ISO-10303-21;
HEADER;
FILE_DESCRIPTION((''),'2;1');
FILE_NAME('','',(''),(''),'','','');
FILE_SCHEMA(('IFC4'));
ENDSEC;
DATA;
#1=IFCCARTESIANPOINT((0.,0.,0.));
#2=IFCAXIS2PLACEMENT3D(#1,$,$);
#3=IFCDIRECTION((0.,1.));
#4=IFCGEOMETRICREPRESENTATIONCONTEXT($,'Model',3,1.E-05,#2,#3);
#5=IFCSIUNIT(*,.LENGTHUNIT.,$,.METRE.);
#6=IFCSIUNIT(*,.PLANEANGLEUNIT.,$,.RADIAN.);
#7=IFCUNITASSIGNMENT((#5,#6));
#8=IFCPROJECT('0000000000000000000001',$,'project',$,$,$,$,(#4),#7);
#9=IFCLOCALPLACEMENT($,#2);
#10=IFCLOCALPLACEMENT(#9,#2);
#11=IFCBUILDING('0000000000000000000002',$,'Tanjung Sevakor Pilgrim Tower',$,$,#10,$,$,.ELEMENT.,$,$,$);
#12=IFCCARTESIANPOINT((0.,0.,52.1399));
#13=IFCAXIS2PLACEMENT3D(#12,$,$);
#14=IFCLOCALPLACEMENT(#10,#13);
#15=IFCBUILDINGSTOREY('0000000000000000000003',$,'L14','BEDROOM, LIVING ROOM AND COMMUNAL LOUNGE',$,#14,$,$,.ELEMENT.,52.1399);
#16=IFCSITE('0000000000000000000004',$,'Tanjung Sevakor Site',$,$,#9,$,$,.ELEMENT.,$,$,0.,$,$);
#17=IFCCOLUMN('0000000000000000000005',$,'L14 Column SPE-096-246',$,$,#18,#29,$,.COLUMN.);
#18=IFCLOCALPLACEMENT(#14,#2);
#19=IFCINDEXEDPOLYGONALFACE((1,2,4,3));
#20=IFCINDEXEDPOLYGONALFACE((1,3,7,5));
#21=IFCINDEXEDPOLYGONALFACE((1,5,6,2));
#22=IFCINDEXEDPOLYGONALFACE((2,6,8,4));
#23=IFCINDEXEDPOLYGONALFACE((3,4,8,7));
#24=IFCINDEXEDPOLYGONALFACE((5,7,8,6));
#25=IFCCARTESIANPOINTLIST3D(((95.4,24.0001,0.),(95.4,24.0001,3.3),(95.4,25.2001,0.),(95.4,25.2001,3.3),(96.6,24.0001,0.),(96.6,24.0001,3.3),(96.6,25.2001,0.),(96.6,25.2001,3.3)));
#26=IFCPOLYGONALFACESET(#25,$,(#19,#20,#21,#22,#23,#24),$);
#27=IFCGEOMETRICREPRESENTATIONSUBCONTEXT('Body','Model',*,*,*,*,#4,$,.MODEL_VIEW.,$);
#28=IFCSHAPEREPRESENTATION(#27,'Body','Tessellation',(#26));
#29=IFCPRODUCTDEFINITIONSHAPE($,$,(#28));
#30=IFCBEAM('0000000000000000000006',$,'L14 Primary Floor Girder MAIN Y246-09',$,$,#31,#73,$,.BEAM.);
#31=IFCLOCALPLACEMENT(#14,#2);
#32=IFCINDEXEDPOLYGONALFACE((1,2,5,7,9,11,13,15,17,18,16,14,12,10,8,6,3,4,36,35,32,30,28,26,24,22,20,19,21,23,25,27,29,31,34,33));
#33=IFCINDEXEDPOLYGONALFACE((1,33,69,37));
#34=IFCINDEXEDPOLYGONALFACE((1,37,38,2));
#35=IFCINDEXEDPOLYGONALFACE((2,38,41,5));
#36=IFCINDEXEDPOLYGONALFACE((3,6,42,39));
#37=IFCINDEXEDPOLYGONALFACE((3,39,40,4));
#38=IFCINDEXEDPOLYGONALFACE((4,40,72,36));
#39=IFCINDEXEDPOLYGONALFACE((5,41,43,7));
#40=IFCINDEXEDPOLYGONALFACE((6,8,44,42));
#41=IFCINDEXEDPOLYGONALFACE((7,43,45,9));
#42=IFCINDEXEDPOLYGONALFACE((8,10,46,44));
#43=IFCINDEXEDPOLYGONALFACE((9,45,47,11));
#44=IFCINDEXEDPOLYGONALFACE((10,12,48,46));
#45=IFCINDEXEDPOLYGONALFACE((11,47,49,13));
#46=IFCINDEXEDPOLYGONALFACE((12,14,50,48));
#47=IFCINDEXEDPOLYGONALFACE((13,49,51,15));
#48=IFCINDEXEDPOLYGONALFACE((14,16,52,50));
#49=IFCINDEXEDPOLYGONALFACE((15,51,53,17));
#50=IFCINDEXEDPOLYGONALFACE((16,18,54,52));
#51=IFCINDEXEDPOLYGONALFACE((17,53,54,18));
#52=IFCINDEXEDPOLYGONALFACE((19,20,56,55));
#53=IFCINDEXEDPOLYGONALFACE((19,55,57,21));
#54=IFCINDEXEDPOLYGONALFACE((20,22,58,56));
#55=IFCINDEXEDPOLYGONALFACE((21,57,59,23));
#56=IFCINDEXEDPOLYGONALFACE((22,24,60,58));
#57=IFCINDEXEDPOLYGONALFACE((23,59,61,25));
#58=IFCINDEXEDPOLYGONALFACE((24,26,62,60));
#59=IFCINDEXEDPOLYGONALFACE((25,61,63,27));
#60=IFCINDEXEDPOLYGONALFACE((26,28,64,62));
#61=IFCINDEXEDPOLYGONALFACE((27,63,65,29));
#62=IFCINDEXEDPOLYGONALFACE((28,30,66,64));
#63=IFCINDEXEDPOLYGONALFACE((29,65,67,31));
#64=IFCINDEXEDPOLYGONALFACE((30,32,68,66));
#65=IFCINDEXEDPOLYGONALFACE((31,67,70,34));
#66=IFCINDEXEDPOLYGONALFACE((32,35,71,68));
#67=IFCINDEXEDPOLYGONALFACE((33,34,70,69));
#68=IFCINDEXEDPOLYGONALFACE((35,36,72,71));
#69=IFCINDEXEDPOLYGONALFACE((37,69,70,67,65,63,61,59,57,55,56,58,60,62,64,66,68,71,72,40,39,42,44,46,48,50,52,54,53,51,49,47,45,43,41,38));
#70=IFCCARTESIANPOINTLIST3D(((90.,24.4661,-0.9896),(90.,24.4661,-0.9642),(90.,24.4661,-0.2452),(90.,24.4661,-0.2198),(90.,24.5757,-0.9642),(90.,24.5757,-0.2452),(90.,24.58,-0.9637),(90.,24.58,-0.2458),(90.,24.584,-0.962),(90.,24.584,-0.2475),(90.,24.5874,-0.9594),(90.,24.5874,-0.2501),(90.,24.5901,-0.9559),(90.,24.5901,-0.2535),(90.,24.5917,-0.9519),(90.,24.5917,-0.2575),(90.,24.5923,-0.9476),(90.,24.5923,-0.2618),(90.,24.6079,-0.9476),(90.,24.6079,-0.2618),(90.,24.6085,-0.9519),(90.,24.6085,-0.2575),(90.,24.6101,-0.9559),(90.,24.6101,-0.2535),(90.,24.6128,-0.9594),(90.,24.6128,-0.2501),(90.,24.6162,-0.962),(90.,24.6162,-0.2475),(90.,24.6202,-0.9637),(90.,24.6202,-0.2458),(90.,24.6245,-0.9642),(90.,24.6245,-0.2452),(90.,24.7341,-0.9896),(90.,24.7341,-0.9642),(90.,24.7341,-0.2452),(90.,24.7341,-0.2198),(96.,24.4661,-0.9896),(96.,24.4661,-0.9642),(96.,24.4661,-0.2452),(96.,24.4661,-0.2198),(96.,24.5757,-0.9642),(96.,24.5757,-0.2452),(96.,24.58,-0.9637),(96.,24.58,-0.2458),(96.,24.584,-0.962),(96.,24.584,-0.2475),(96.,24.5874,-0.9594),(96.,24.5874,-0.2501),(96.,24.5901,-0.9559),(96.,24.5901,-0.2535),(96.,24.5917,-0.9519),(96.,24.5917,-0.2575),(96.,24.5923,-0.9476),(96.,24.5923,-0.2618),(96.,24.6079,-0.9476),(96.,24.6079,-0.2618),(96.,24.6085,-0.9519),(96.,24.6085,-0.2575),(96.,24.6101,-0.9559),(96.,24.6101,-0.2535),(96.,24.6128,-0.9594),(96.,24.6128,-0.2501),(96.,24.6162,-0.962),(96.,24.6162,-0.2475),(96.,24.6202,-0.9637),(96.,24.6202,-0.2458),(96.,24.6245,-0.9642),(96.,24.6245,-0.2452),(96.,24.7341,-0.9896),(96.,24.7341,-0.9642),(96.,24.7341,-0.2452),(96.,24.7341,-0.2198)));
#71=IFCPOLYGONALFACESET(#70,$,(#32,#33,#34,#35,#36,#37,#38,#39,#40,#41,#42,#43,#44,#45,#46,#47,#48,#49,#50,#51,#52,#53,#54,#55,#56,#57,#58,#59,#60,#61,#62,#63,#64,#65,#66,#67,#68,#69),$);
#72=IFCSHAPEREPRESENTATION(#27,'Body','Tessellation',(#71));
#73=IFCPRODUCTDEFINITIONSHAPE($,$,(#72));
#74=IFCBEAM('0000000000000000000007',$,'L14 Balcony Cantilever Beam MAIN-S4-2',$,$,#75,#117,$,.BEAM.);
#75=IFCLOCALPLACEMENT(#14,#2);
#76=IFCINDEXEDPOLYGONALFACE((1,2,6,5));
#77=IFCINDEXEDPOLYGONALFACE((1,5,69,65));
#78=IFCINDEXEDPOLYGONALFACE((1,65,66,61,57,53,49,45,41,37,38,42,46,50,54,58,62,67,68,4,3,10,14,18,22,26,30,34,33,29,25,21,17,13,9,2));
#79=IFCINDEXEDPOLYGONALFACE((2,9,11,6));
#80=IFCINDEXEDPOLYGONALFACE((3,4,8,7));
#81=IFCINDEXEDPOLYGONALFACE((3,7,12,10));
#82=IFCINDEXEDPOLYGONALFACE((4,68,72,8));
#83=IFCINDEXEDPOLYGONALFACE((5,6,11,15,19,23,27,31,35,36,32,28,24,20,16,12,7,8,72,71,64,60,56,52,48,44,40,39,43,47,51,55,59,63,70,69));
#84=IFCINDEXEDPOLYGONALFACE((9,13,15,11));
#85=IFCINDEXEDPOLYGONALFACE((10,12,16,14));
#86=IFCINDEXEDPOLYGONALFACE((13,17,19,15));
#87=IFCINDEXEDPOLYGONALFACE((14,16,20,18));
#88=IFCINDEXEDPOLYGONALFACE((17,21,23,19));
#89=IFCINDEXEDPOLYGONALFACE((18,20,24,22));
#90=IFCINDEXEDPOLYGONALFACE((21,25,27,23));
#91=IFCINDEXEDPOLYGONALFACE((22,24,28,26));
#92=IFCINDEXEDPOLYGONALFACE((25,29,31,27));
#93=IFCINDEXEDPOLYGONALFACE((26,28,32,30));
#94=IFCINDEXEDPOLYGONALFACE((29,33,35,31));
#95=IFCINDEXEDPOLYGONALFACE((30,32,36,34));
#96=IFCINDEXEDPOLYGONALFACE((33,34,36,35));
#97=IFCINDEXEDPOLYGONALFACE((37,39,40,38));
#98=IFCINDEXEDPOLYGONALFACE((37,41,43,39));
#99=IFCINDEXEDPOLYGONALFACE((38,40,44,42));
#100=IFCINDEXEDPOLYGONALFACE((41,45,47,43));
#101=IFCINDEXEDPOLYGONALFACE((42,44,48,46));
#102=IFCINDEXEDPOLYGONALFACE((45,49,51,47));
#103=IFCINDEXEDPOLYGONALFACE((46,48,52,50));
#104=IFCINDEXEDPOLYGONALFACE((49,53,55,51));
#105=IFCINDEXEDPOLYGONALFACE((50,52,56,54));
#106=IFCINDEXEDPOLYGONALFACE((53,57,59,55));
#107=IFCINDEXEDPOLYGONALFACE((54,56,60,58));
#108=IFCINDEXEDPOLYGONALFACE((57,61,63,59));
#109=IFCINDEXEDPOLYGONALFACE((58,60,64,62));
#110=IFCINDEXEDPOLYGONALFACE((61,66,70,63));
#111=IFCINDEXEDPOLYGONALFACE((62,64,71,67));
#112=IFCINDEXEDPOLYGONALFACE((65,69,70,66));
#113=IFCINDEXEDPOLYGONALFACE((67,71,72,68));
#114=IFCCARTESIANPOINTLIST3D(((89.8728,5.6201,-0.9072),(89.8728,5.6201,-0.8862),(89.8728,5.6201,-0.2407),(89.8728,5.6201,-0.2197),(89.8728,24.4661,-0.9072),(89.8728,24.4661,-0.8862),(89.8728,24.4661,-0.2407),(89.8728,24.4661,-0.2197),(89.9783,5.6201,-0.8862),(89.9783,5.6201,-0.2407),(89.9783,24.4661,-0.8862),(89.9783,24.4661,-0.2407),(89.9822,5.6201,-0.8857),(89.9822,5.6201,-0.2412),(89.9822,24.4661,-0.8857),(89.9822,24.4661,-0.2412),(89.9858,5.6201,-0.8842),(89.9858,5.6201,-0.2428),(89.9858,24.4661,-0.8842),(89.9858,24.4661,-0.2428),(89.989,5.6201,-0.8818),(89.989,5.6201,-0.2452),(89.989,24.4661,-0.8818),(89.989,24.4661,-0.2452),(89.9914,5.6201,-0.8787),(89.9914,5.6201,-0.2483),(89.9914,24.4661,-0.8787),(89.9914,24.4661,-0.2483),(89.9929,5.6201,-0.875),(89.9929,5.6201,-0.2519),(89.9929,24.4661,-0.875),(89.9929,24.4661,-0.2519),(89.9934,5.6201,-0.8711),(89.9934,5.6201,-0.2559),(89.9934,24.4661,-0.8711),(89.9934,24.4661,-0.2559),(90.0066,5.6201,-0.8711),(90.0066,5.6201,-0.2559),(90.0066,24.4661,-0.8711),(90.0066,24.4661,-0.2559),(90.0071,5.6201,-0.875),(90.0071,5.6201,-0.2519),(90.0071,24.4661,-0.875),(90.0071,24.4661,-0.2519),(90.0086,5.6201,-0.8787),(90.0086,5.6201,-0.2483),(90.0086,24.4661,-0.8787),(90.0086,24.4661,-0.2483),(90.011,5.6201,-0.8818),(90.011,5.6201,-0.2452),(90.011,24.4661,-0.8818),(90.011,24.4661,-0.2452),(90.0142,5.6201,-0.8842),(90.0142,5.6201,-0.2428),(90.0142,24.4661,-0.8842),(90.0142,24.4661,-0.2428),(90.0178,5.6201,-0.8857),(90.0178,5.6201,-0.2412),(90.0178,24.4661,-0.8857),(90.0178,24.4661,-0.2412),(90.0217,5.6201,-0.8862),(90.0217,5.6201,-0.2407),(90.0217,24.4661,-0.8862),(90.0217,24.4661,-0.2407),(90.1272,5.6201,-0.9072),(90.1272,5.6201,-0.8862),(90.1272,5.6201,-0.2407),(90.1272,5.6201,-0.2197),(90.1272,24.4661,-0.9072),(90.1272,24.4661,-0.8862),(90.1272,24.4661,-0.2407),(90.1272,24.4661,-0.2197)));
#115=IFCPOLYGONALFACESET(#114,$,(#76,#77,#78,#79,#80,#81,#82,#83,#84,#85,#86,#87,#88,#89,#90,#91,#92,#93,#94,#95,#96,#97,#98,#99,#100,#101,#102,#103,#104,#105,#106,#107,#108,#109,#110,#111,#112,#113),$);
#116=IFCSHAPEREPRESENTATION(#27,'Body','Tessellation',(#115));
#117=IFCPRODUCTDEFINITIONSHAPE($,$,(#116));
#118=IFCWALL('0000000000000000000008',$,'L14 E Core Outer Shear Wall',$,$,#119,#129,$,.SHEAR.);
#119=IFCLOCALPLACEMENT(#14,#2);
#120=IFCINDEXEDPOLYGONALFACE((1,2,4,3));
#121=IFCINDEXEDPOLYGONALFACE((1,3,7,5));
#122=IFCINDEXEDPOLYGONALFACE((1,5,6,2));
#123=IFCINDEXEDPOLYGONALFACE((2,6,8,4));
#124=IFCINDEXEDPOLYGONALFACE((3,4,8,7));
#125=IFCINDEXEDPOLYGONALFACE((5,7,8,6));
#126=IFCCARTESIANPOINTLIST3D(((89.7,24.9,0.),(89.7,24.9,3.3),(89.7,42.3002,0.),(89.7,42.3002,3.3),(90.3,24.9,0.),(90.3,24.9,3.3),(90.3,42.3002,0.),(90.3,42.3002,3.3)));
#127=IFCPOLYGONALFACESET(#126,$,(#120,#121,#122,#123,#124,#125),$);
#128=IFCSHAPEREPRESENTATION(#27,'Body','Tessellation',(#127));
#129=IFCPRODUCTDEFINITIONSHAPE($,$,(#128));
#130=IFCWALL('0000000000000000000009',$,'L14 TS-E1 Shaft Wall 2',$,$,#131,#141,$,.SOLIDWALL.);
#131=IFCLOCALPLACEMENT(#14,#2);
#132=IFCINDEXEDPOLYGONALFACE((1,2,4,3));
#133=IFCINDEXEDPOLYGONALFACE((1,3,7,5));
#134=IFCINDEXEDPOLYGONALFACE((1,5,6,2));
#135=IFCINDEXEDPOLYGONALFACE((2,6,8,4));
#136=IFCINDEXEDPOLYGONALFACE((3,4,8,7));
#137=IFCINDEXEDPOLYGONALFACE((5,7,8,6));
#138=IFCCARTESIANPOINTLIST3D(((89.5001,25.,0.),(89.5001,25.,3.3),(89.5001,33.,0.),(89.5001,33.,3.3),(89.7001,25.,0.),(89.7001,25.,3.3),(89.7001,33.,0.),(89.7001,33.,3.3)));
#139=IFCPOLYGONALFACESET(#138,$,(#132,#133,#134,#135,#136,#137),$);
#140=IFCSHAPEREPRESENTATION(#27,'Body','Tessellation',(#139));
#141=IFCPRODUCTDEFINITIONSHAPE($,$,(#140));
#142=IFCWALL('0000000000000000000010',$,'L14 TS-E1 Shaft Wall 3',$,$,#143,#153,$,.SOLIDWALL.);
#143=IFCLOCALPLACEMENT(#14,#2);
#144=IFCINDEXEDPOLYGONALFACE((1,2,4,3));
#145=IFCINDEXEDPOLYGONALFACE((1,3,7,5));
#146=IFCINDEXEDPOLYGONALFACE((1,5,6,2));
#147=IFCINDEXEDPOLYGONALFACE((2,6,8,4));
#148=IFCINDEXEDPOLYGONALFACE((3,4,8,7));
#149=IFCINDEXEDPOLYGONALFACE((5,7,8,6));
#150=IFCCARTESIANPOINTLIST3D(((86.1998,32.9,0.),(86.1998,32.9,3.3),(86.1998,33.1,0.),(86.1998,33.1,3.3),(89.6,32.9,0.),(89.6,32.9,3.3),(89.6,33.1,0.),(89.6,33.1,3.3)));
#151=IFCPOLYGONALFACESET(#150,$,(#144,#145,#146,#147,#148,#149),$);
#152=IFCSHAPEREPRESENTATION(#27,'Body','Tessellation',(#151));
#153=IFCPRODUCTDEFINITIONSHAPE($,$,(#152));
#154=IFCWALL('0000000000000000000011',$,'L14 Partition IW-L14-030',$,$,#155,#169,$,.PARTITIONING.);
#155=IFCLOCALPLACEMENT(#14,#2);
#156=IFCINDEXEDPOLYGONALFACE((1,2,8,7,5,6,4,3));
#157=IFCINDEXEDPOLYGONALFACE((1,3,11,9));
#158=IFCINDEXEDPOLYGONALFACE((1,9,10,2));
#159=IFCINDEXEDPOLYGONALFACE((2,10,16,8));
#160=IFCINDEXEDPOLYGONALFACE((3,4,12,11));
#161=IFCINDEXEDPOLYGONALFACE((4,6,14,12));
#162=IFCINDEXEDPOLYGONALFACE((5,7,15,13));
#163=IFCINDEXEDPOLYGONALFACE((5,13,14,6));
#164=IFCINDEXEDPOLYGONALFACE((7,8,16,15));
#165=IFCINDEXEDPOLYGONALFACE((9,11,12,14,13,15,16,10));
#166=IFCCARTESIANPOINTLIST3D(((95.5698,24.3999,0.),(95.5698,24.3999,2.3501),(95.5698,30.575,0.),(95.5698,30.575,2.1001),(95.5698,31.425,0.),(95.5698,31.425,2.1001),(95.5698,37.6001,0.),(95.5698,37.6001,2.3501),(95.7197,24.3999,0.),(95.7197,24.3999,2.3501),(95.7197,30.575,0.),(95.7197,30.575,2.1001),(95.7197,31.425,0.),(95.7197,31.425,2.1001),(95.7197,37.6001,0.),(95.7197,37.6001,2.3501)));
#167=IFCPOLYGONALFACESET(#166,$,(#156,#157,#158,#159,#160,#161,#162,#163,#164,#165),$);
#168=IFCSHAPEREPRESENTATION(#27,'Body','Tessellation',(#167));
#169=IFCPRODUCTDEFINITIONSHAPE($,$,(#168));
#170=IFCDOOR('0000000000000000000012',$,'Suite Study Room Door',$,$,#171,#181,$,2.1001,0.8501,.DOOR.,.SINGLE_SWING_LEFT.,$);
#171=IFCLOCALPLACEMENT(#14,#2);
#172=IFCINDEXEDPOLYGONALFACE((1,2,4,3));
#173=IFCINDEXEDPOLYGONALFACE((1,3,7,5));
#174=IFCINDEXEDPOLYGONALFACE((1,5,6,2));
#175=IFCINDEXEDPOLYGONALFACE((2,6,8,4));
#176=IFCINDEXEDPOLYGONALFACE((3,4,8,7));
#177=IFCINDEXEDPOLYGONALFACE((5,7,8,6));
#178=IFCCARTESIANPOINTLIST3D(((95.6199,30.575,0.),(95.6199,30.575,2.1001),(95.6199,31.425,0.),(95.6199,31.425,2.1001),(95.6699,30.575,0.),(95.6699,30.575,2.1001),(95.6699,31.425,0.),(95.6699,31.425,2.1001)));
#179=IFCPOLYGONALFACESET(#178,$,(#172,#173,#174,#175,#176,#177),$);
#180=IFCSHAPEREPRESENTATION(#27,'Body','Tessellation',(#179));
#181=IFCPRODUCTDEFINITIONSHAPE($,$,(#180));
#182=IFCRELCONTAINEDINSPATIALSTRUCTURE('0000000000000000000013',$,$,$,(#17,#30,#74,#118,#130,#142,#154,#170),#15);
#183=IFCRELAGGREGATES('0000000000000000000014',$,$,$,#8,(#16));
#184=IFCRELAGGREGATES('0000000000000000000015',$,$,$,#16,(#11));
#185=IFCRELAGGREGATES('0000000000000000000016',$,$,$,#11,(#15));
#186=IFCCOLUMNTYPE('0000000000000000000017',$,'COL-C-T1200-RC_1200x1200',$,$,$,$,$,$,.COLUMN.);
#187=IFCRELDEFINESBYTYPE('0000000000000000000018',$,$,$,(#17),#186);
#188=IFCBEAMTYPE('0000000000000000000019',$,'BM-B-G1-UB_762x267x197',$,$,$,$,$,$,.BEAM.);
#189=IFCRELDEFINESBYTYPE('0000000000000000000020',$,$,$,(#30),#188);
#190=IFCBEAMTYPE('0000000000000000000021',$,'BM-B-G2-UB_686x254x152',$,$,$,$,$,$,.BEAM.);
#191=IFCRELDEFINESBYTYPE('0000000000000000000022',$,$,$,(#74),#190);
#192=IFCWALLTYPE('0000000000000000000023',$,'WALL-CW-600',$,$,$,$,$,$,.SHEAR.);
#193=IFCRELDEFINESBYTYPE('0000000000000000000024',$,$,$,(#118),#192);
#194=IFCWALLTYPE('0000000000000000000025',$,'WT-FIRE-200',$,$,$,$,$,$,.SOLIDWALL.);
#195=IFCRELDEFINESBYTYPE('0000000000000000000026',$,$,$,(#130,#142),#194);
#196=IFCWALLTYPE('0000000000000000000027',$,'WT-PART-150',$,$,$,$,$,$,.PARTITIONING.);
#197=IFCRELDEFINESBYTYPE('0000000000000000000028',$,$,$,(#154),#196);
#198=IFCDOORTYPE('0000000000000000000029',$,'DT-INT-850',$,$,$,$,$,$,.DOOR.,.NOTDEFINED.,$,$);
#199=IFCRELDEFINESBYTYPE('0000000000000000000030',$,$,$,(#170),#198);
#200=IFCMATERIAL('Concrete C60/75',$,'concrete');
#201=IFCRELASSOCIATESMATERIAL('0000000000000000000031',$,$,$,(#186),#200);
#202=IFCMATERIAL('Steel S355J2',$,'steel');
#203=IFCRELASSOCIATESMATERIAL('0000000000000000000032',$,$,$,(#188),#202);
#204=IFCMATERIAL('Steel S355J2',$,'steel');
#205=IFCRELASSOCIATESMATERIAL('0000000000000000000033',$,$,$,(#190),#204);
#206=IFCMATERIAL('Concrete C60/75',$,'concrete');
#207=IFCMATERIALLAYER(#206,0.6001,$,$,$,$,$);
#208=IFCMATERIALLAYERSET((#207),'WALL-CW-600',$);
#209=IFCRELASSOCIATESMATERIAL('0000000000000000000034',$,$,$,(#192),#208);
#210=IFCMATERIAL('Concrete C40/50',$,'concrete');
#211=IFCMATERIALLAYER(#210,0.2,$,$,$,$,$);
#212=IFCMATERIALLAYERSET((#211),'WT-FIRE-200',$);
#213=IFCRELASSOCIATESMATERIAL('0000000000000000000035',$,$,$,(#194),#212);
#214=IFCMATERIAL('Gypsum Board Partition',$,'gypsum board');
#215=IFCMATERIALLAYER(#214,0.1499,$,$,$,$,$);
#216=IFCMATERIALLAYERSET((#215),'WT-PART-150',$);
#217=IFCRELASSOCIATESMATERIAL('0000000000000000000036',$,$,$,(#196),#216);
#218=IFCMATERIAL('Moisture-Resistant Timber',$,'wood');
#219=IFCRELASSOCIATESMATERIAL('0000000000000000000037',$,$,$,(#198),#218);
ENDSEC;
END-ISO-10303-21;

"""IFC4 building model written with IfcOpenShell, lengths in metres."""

from ifc_helpers import new_model, si_unit, direction, frame, frame_2d, origin, origin_2d, place, context, subcontext, project, spatial, rectangle, i_section, extrude, material, layer, layer_set, material_profile, profile_set, type_object, element, fill, save


model = new_model("IFC4")

# Units and contexts
model_context = context("Model", 3, precision=1e-05, world=origin(), true_north=direction((0.0, 1.0)))
body_context = subcontext(model_context, "Body", "Model", "MODEL_VIEW")
ifc_project = project(units=[si_unit("LENGTHUNIT", "METRE"), si_unit("PLANEANGLEUNIT", "RADIAN")], contexts=[model_context])

# Site, building, storey
site_placement = place(None, origin())
site = spatial("IfcSite", under=ifc_project, at=site_placement, Name="Tanjung Sevakor Site", CompositionType="ELEMENT", RefElevation=0.0)
building_placement = place(site_placement, origin())
building = spatial("IfcBuilding", under=site, at=building_placement, Name="Tanjung Sevakor Pilgrim Tower", CompositionType="ELEMENT")
storey_placement = place(building_placement, frame((0.0, 0.0, 52.1399)))
storey = spatial("IfcBuildingStorey", under=building, at=storey_placement, Name="L14", Description="BEDROOM, LIVING ROOM AND COMMUNAL LOUNGE", CompositionType="ELEMENT", Elevation=52.1399)

# Column
ifc_material_1 = material(Name="Concrete C60/75", Category="concrete")
ifc_material_profile_1 = material_profile(ifc_material_1, rectangle(XDim=1.2, YDim=1.2, at=origin_2d()))
ifc_profile_set_1 = profile_set([ifc_material_profile_1], Name="Concrete C60/75")
column_type = type_object("IfcColumnType", Name="COL-C-T1200-RC_1200x1200", PredefinedType="COLUMN", material=ifc_profile_set_1)
column_placement = place(storey_placement, frame((96.0, 24.6001, 0.0), z_axis=(0.0, 0.0, 1.0), x_axis=(1.0, 0.0, 0.0)))
element("IfcColumn", 1, at=column_placement, inside=storey, type_object=column_type, Name="L14 Column SPE-096-246", PredefinedType="COLUMN", context=body_context, shape_type="SweptSolid", body=[
    extrude(rectangle(XDim=1.2, YDim=1.2, at=origin_2d()), origin(), (0.0, 0.0, 1.0), 3.3),
])

# Beams
ifc_material_2 = material(Name="Steel S355J2", Category="steel")
ifc_material_profile_2 = material_profile(ifc_material_2, i_section(OverallWidth=0.2681, OverallDepth=0.7698, WebThickness=0.0156, FlangeThickness=0.0254, FilletRadius=0.0166, at=origin_2d()))
ifc_profile_set_2 = profile_set([ifc_material_profile_2], Name="Steel S355J2")
beam_type_1 = type_object("IfcBeamType", Name="BM-B-G1-UB_762x267x197", PredefinedType="BEAM", material=ifc_profile_set_2)
beam_1_placement = place(storey_placement, frame((90.0, 24.6001, -0.6047), z_axis=(1.0, 0.0, 0.0), x_axis=(0.0, 1.0, 0.0)))
element("IfcBeam", 2, at=beam_1_placement, inside=storey, type_object=beam_type_1, Name="L14 Primary Floor Girder MAIN Y246-09", PredefinedType="BEAM", context=body_context, shape_type="SweptSolid", body=[
    extrude(i_section(OverallWidth=0.2681, OverallDepth=0.7698, WebThickness=0.0156, FlangeThickness=0.0254, FilletRadius=0.0166, at=origin_2d()), origin(), (0.0, 0.0, 1.0), 6.0),
])
ifc_material_3 = material(Name="Steel S355J2", Category="steel")
ifc_material_profile_3 = material_profile(ifc_material_3, i_section(OverallWidth=0.2544, OverallDepth=0.6875, WebThickness=0.0132, FlangeThickness=0.021, FilletRadius=0.0151, at=origin_2d()))
ifc_profile_set_3 = profile_set([ifc_material_profile_3], Name="Steel S355J2")
beam_type_2 = type_object("IfcBeamType", Name="BM-B-G2-UB_686x254x152", PredefinedType="BEAM", material=ifc_profile_set_3)
beam_2_placement = place(storey_placement, frame((90.0, 24.4661, -0.5635), z_axis=(0.0, -1.0, 0.0), x_axis=(1.0, 0.0, 0.0)))
element("IfcBeam", 3, at=beam_2_placement, inside=storey, type_object=beam_type_2, Name="L14 Balcony Cantilever Beam MAIN-S4-2", PredefinedType="BEAM", context=body_context, shape_type="SweptSolid", body=[
    extrude(i_section(OverallWidth=0.2544, OverallDepth=0.6875, WebThickness=0.0132, FlangeThickness=0.021, FilletRadius=0.0151, at=origin_2d()), origin(), (0.0, 0.0, 1.0), 18.8459),
])

# Walls
ifc_material_4 = material(Name="Concrete C60/75", Category="concrete")
ifc_layer_1 = layer(ifc_material_4, 0.6001)
ifc_layer_set_1 = layer_set([ifc_layer_1], Name="WALL-CW-600")
wall_type_1 = type_object("IfcWallType", Name="WALL-CW-600", PredefinedType="SHEAR", material=ifc_layer_set_1)
wall_1_placement = place(storey_placement, frame((90.0, 24.8999, 0.0), z_axis=(0.0, 0.0, 1.0), x_axis=(0.0, 1.0, 0.0)))
element("IfcWall", 4, at=wall_1_placement, inside=storey, type_object=wall_type_1, Name="L14 E Core Outer Shear Wall", PredefinedType="SHEAR", context=body_context, shape_type="SweptSolid", body=[
    extrude(rectangle(XDim=17.4001, YDim=0.6001, at=frame_2d((8.7002, 0.0))), origin(), (0.0, 0.0, 1.0), 3.3),
])
ifc_material_5 = material(Name="Concrete C40/50", Category="concrete")
ifc_layer_2 = layer(ifc_material_5, 0.2)
ifc_layer_set_2 = layer_set([ifc_layer_2], Name="WT-FIRE-200")
wall_type_2 = type_object("IfcWallType", Name="WT-FIRE-200", PredefinedType="SOLIDWALL", material=ifc_layer_set_2)
wall_2_placement = place(storey_placement, frame((89.6001, 25.0, 0.0), z_axis=(0.0, 0.0, 1.0), x_axis=(0.0, 1.0, 0.0)))
element("IfcWall", 5, at=wall_2_placement, inside=storey, type_object=wall_type_2, Name="L14 TS-E1 Shaft Wall 2", PredefinedType="SOLIDWALL", context=body_context, shape_type="SweptSolid", body=[
    extrude(rectangle(XDim=8.0, YDim=0.2, at=frame_2d((4.0, 0.0))), origin(), (0.0, 0.0, 1.0), 3.3),
])
wall_3_placement = place(storey_placement, frame((89.6001, 33.0, 0.0), z_axis=(0.0, 0.0, 1.0), x_axis=(-1.0, 0.0, 0.0)))
element("IfcWall", 6, at=wall_3_placement, inside=storey, type_object=wall_type_2, Name="L14 TS-E1 Shaft Wall 3", PredefinedType="SOLIDWALL", context=body_context, shape_type="SweptSolid", body=[
    extrude(rectangle(XDim=3.4001, YDim=0.2, at=frame_2d((1.7002, 0.0))), origin(), (0.0, 0.0, 1.0), 3.3),
])

# Wall, opening, door
ifc_material_6 = material(Name="Gypsum Board Partition", Category="gypsum board")
ifc_layer_3 = layer(ifc_material_6, 0.1499)
ifc_layer_set_3 = layer_set([ifc_layer_3], Name="WT-PART-150")
wall_type_3 = type_object("IfcWallType", Name="WT-PART-150", PredefinedType="PARTITIONING", material=ifc_layer_set_3)
wall_4_placement = place(storey_placement, frame((95.6448, 24.3999, 0.0), z_axis=(0.0, 0.0, 1.0), x_axis=(0.0, 1.0, 0.0)))
wall_4 = element("IfcWall", 7, at=wall_4_placement, inside=storey, type_object=wall_type_3, Name="L14 Partition IW-L14-030", PredefinedType="PARTITIONING", context=body_context, shape_type="SweptSolid", body=[
    extrude(rectangle(XDim=13.2002, YDim=0.1499, at=frame_2d((6.6001, 0.0))), origin(), (0.0, 0.0, 1.0), 2.3501),
])
opening_placement = place(wall_4_placement, frame((6.175, 0.0, 0.0)))
opening = element("IfcOpeningElement", 8, at=opening_placement, cuts=wall_4, PredefinedType="OPENING", context=body_context, shape_type="SweptSolid", body=[
    extrude(rectangle(XDim=0.8501, YDim=2.1001, at=frame_2d((0.425, 1.05))), frame((0.0, 0.085, 0.0), z_axis=(0.0, -1.0, 0.0), x_axis=(1.0, 0.0, 0.0)), (0.0, 0.0, 1.0), 0.1699),
])
ifc_material_7 = material(Name="Moisture-Resistant Timber", Category="wood")
door_type = type_object("IfcDoorType", Name="DT-INT-850", OperationType="NOTDEFINED", PredefinedType="DOOR", material=ifc_material_7)
door_placement = place(opening_placement, origin())
door = element("IfcDoor", 9, at=door_placement, inside=storey, type_object=door_type, Name="Suite Study Room Door", OperationType="SINGLE_SWING_LEFT", OverallHeight=2.1001, OverallWidth=0.8501, PredefinedType="DOOR", context=body_context, shape_type="SweptSolid", body=[
    extrude(rectangle(XDim=0.8501, YDim=2.1001, at=frame_2d((0.425, 1.05))), frame((0.0, 0.0249, 0.0), z_axis=(0.0, -1.0, 0.0), x_axis=(1.0, 0.0, 0.0)), (0.0, 0.0, 1.0), 0.05),
])
fill(opening, door)

save(model, "model.ifc")
